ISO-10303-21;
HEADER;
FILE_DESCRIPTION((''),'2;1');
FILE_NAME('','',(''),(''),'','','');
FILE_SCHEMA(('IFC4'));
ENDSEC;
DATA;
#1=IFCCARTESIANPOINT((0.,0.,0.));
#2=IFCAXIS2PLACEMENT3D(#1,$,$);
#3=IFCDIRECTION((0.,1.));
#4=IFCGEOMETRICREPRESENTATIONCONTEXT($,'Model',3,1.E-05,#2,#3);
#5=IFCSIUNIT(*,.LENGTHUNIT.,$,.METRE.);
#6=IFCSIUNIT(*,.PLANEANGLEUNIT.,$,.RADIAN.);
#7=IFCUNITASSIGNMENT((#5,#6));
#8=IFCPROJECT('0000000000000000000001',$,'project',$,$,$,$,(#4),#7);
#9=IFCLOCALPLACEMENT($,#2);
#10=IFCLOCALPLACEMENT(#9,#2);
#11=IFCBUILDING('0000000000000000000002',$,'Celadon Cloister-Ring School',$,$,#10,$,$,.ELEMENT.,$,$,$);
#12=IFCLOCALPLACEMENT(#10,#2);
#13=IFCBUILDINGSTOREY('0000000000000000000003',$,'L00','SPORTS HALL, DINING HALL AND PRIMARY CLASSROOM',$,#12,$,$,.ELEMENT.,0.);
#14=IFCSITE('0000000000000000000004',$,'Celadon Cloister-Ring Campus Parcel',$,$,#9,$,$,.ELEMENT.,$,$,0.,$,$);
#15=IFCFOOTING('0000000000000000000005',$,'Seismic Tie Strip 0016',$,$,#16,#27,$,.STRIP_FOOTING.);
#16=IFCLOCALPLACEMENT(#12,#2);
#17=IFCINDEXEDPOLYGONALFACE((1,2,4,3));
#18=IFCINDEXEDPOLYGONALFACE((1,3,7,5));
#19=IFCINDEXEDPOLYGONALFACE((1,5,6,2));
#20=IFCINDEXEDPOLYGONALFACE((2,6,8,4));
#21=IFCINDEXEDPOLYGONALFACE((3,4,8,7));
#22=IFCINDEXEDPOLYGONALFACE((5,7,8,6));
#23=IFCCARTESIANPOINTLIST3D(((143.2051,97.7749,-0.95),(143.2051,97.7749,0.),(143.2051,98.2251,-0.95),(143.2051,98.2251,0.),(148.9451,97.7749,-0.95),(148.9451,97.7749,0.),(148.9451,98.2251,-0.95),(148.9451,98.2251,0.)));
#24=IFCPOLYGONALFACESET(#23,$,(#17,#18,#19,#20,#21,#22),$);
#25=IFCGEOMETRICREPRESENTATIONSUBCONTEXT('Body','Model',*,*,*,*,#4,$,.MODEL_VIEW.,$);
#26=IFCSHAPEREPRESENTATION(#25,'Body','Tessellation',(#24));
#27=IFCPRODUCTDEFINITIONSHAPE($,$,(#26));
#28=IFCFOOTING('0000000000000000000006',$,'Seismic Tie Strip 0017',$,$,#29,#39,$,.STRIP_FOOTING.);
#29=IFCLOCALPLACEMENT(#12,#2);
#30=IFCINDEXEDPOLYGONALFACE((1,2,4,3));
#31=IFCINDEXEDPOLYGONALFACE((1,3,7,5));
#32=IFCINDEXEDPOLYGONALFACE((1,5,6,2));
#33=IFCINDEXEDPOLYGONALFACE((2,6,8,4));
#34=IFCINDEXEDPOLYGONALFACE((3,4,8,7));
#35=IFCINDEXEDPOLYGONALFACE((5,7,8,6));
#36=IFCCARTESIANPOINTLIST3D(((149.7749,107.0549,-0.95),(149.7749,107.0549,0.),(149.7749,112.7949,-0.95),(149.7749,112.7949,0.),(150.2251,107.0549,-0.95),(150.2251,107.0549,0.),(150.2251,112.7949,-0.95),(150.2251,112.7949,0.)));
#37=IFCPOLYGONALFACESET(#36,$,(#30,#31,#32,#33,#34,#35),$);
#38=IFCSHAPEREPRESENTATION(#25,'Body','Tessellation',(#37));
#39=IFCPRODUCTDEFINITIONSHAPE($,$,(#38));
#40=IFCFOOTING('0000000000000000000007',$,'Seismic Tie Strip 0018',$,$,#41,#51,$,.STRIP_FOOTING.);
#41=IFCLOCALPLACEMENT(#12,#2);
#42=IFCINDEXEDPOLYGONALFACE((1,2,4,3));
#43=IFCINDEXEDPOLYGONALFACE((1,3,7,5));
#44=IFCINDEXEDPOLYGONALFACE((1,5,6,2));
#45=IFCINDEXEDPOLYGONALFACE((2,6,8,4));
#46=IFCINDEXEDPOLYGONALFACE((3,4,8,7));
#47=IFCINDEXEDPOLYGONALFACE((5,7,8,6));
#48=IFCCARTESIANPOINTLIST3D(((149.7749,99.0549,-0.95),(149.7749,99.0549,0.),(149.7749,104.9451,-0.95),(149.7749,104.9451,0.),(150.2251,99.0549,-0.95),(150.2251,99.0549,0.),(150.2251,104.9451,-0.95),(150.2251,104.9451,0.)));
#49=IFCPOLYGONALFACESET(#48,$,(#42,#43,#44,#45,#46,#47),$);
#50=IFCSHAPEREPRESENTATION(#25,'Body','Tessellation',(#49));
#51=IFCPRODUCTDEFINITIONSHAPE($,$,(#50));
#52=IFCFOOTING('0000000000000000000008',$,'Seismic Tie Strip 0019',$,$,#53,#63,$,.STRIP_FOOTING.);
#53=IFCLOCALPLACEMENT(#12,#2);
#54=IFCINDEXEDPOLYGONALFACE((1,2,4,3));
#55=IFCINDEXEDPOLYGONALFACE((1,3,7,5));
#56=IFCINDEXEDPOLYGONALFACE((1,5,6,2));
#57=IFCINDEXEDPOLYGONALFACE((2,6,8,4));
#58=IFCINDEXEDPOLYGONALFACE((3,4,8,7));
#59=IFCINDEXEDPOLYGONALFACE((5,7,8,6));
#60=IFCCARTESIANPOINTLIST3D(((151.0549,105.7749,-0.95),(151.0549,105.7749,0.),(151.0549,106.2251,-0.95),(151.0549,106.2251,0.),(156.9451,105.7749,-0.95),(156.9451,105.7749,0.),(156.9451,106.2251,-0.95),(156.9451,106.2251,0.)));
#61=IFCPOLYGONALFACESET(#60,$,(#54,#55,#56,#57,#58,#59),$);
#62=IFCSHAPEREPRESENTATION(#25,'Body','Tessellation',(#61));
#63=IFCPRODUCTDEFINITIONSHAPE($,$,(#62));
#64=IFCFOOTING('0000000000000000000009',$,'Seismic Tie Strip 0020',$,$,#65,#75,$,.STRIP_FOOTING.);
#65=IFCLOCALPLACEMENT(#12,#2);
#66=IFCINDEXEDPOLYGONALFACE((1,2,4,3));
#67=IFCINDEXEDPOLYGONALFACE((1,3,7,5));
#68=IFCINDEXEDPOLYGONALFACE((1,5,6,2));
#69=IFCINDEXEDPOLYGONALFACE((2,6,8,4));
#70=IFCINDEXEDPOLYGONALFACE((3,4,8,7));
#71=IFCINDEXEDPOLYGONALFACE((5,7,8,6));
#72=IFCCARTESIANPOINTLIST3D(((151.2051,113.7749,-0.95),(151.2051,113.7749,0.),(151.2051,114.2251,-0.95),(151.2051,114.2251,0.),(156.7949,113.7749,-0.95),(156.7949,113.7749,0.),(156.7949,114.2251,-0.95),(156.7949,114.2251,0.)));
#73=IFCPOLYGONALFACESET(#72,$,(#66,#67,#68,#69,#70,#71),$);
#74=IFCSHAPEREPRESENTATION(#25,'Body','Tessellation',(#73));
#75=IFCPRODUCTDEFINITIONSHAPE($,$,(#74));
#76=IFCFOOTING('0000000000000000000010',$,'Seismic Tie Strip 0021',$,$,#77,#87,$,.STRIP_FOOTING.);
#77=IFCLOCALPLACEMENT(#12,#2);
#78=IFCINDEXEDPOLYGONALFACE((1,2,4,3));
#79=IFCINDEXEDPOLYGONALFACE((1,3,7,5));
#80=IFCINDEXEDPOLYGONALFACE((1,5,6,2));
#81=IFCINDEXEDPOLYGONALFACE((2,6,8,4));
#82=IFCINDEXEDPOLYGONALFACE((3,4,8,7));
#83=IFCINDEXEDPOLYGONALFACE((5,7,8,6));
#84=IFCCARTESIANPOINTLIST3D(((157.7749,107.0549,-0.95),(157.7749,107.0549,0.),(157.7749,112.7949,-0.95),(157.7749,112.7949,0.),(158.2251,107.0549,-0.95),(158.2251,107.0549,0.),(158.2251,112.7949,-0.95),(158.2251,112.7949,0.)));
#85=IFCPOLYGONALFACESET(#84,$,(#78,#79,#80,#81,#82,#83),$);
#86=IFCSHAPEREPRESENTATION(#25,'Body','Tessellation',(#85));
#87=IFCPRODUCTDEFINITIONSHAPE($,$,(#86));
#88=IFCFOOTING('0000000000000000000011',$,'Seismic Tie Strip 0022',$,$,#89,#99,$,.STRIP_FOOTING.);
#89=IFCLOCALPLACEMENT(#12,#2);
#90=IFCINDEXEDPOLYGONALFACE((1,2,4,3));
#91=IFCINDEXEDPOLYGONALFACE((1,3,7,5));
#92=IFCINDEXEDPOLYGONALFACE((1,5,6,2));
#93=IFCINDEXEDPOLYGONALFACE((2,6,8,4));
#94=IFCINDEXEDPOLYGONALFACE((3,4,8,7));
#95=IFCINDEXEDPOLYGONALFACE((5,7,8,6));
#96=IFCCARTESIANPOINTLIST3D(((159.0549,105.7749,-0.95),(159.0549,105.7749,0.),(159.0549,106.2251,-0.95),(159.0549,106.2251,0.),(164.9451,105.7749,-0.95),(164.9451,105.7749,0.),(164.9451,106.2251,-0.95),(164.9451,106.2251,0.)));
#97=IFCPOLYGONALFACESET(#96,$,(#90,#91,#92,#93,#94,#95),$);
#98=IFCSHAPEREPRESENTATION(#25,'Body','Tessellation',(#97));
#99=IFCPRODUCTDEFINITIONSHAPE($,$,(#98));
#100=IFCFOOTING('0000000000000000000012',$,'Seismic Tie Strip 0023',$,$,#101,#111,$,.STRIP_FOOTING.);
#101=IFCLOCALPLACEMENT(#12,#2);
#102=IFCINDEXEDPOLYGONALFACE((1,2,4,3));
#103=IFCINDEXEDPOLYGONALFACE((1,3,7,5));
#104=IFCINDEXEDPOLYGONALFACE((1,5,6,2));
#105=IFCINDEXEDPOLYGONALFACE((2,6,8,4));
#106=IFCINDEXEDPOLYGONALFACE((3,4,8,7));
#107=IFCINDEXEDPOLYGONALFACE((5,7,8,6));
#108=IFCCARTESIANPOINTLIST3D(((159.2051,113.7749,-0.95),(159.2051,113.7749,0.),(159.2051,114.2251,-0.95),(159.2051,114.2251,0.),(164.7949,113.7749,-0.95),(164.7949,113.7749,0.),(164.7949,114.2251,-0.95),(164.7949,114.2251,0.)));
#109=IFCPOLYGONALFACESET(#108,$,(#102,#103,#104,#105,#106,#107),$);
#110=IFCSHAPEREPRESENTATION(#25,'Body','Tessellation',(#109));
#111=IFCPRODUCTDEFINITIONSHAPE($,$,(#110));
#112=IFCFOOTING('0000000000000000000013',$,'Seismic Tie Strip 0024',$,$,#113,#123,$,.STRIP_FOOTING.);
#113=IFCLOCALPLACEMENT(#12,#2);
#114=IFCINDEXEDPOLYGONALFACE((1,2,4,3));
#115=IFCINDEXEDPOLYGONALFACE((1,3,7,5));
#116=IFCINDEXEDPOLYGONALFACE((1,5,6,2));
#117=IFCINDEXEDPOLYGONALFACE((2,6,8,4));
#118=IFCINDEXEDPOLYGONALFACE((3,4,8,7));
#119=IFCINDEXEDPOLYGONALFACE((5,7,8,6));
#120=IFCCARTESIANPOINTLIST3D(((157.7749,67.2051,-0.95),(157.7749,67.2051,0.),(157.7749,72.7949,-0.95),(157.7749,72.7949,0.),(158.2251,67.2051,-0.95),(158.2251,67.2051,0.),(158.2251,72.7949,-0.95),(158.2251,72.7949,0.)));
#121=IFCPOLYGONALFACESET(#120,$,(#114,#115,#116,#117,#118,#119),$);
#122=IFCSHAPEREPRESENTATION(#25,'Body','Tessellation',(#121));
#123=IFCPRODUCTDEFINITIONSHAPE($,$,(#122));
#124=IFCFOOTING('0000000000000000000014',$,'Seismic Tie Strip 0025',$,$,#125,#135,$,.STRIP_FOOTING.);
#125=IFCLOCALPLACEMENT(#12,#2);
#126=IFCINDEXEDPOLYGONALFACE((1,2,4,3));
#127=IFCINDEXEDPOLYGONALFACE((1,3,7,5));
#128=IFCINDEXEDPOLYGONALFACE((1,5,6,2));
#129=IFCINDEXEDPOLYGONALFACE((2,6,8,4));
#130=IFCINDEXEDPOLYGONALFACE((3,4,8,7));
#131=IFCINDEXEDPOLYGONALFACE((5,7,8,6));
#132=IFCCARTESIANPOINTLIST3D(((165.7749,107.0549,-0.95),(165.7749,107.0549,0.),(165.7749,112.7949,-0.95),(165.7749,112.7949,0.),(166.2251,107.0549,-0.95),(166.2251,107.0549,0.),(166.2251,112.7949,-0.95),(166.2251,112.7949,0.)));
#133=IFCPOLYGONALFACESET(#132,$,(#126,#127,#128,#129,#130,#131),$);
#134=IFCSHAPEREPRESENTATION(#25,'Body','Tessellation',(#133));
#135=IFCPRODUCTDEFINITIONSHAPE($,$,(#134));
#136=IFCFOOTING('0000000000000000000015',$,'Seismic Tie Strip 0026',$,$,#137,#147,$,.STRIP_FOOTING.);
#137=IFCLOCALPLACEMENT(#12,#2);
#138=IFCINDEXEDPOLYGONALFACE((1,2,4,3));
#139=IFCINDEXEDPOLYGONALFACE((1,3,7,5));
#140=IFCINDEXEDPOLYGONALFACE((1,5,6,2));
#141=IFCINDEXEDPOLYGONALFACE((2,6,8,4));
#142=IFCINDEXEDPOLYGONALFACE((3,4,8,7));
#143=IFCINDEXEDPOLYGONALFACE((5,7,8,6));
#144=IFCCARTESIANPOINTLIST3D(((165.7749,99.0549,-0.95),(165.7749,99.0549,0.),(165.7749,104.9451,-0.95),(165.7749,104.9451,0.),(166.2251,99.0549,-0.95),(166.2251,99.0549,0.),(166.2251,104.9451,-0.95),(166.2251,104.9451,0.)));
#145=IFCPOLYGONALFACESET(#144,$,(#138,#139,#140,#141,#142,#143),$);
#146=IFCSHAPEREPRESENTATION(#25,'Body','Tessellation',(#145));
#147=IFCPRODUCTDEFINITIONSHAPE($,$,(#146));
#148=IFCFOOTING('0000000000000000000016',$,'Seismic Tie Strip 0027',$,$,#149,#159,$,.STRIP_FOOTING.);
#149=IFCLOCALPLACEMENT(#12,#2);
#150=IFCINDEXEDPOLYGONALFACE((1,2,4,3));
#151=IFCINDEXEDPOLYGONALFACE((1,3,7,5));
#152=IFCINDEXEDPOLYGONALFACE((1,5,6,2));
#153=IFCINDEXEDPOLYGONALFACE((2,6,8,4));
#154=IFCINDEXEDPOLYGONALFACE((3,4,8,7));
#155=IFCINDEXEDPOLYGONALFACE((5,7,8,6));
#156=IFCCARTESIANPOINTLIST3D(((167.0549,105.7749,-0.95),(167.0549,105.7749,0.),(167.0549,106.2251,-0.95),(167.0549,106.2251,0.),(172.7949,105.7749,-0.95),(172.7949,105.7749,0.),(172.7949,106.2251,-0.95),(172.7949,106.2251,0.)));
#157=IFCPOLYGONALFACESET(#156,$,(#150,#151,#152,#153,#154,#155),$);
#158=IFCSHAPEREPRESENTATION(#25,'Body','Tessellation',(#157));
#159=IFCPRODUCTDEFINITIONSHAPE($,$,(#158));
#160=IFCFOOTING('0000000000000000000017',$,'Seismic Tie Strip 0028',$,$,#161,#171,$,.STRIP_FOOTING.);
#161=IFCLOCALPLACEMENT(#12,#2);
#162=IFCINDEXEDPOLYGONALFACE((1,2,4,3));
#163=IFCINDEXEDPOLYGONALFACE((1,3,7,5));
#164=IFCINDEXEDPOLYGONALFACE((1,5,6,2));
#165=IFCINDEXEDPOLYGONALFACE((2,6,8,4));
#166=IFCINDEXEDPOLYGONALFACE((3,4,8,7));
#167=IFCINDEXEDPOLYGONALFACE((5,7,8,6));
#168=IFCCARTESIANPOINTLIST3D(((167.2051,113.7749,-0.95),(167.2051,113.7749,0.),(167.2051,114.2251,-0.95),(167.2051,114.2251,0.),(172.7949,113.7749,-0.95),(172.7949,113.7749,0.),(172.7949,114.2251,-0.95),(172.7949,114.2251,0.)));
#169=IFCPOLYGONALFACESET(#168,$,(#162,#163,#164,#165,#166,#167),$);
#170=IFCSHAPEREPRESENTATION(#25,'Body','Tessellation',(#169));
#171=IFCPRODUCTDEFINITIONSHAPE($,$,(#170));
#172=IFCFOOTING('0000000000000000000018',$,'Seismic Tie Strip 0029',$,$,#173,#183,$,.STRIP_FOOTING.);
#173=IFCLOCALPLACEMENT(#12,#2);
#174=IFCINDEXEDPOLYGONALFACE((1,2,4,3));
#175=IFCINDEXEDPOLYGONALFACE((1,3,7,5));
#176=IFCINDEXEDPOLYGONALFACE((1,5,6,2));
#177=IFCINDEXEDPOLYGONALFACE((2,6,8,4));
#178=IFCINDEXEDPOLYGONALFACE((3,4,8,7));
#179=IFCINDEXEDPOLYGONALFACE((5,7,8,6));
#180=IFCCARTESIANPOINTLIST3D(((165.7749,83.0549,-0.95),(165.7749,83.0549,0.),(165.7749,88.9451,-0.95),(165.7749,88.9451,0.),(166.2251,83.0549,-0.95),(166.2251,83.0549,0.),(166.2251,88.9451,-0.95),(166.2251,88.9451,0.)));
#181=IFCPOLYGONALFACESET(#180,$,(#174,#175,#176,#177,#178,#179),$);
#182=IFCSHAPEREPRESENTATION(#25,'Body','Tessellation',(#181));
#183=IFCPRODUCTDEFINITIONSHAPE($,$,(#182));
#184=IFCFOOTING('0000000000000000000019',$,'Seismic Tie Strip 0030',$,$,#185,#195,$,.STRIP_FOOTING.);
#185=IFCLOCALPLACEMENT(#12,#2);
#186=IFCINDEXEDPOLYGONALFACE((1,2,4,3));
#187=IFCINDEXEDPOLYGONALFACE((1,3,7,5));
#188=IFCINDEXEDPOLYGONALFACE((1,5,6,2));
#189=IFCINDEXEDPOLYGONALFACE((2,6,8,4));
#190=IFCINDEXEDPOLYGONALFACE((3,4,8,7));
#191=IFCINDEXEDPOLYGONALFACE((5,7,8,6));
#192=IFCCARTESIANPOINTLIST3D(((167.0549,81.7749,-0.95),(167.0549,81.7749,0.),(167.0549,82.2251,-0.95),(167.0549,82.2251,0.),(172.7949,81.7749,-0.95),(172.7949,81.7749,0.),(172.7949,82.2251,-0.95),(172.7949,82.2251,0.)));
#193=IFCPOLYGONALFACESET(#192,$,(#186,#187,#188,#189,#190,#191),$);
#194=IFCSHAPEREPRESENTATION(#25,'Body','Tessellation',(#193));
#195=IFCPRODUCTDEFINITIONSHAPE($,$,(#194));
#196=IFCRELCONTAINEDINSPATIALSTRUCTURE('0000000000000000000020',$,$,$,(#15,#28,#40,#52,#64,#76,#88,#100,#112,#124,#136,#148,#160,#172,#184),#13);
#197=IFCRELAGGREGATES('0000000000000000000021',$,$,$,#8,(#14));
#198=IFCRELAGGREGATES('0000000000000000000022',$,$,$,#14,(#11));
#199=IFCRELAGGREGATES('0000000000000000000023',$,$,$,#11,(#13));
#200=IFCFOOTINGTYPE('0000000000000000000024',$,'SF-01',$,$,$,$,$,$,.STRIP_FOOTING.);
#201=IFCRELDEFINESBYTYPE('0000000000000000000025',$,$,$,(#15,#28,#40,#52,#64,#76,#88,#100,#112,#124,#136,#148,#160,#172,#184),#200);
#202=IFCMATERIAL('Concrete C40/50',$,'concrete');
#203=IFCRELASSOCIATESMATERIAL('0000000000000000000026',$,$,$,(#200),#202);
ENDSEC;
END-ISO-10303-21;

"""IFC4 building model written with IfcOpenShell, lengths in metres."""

from ifc_helpers import new_model, si_unit, direction, frame, origin, place, context, subcontext, project, spatial, polyline, outline, extrude, material, type_object, element, save


model = new_model("IFC4")

# Units and contexts
model_context = context("Model", 3, precision=1e-05, world=origin(), true_north=direction((0.0, 1.0)))
body_context = subcontext(model_context, "Body", "Model", "MODEL_VIEW")
ifc_project = project(units=[si_unit("LENGTHUNIT", "METRE"), si_unit("PLANEANGLEUNIT", "RADIAN")], contexts=[model_context])

# Site, building, storey
site_placement = place(None, origin())
site = spatial("IfcSite", under=ifc_project, at=site_placement, Name="Celadon Cloister-Ring Campus Parcel", CompositionType="ELEMENT", RefElevation=0.0)
building_placement = place(site_placement, origin())
building = spatial("IfcBuilding", under=site, at=building_placement, Name="Celadon Cloister-Ring School", CompositionType="ELEMENT")
storey_placement = place(building_placement, origin())
storey = spatial("IfcBuildingStorey", under=building, at=storey_placement, Name="L00", Description="SPORTS HALL, DINING HALL AND PRIMARY CLASSROOM", CompositionType="ELEMENT", Elevation=0.0)

# Footings
ifc_material = material(Name="Concrete C40/50", Category="concrete")
footing_type = type_object("IfcFootingType", Name="SF-01", PredefinedType="STRIP_FOOTING", material=ifc_material)
footing_1_placement = place(storey_placement, frame((0.0, 0.0, -0.95)))
element("IfcFooting", 1, at=footing_1_placement, inside=storey, type_object=footing_type, Name="Seismic Tie Strip 0016", PredefinedType="STRIP_FOOTING", context=body_context, shape_type="SweptSolid", body=[
    extrude(outline(polyline([(143.2051, 97.7749), (148.9451, 97.7749), (148.9451, 98.2251), (143.2051, 98.2251), (143.2051, 97.7749)])), origin(), (0.0, 0.0, 1.0), 0.95),
])
footing_2_placement = place(storey_placement, frame((0.0, 0.0, -0.95)))
element("IfcFooting", 2, at=footing_2_placement, inside=storey, type_object=footing_type, Name="Seismic Tie Strip 0017", PredefinedType="STRIP_FOOTING", context=body_context, shape_type="SweptSolid", body=[
    extrude(outline(polyline([(150.2251, 107.0549), (150.2251, 112.7949), (149.7749, 112.7949), (149.7749, 107.0549), (150.2251, 107.0549)])), origin(), (0.0, 0.0, 1.0), 0.95),
])
footing_3_placement = place(storey_placement, frame((0.0, 0.0, -0.95)))
element("IfcFooting", 3, at=footing_3_placement, inside=storey, type_object=footing_type, Name="Seismic Tie Strip 0018", PredefinedType="STRIP_FOOTING", context=body_context, shape_type="SweptSolid", body=[
    extrude(outline(polyline([(149.7749, 104.9451), (149.7749, 99.0549), (150.2251, 99.0549), (150.2251, 104.9451), (149.7749, 104.9451)])), origin(), (0.0, 0.0, 1.0), 0.95),
])
footing_4_placement = place(storey_placement, frame((0.0, 0.0, -0.95)))
element("IfcFooting", 4, at=footing_4_placement, inside=storey, type_object=footing_type, Name="Seismic Tie Strip 0019", PredefinedType="STRIP_FOOTING", context=body_context, shape_type="SweptSolid", body=[
    extrude(outline(polyline([(151.0549, 105.7749), (156.9451, 105.7749), (156.9451, 106.2251), (151.0549, 106.2251), (151.0549, 105.7749)])), origin(), (0.0, 0.0, 1.0), 0.95),
])
footing_5_placement = place(storey_placement, frame((0.0, 0.0, -0.95)))
element("IfcFooting", 5, at=footing_5_placement, inside=storey, type_object=footing_type, Name="Seismic Tie Strip 0020", PredefinedType="STRIP_FOOTING", context=body_context, shape_type="SweptSolid", body=[
    extrude(outline(polyline([(151.2051, 113.7749), (156.7949, 113.7749), (156.7949, 114.2251), (151.2051, 114.2251), (151.2051, 113.7749)])), origin(), (0.0, 0.0, 1.0), 0.95),
])
footing_6_placement = place(storey_placement, frame((0.0, 0.0, -0.95)))
element("IfcFooting", 6, at=footing_6_placement, inside=storey, type_object=footing_type, Name="Seismic Tie Strip 0021", PredefinedType="STRIP_FOOTING", context=body_context, shape_type="SweptSolid", body=[
    extrude(outline(polyline([(158.2251, 107.0549), (158.2251, 112.7949), (157.7749, 112.7949), (157.7749, 107.0549), (158.2251, 107.0549)])), origin(), (0.0, 0.0, 1.0), 0.95),
])
footing_7_placement = place(storey_placement, frame((0.0, 0.0, -0.95)))
element("IfcFooting", 7, at=footing_7_placement, inside=storey, type_object=footing_type, Name="Seismic Tie Strip 0022", PredefinedType="STRIP_FOOTING", context=body_context, shape_type="SweptSolid", body=[
    extrude(outline(polyline([(159.0549, 105.7749), (164.9451, 105.7749), (164.9451, 106.2251), (159.0549, 106.2251), (159.0549, 105.7749)])), origin(), (0.0, 0.0, 1.0), 0.95),
])
footing_8_placement = place(storey_placement, frame((0.0, 0.0, -0.95)))
element("IfcFooting", 8, at=footing_8_placement, inside=storey, type_object=footing_type, Name="Seismic Tie Strip 0023", PredefinedType="STRIP_FOOTING", context=body_context, shape_type="SweptSolid", body=[
    extrude(outline(polyline([(159.2051, 113.7749), (164.7949, 113.7749), (164.7949, 114.2251), (159.2051, 114.2251), (159.2051, 113.7749)])), origin(), (0.0, 0.0, 1.0), 0.95),
])
footing_9_placement = place(storey_placement, frame((0.0, 0.0, -0.95)))
element("IfcFooting", 9, at=footing_9_placement, inside=storey, type_object=footing_type, Name="Seismic Tie Strip 0024", PredefinedType="STRIP_FOOTING", context=body_context, shape_type="SweptSolid", body=[
    extrude(outline(polyline([(158.2251, 67.2051), (158.2251, 72.7949), (157.7749, 72.7949), (157.7749, 67.2051), (158.2251, 67.2051)])), origin(), (0.0, 0.0, 1.0), 0.95),
])
footing_10_placement = place(storey_placement, frame((0.0, 0.0, -0.95)))
element("IfcFooting", 10, at=footing_10_placement, inside=storey, type_object=footing_type, Name="Seismic Tie Strip 0025", PredefinedType="STRIP_FOOTING", context=body_context, shape_type="SweptSolid", body=[
    extrude(outline(polyline([(166.2251, 107.0549), (166.2251, 112.7949), (165.7749, 112.7949), (165.7749, 107.0549), (166.2251, 107.0549)])), origin(), (0.0, 0.0, 1.0), 0.95),
])
footing_11_placement = place(storey_placement, frame((0.0, 0.0, -0.95)))
element("IfcFooting", 11, at=footing_11_placement, inside=storey, type_object=footing_type, Name="Seismic Tie Strip 0026", PredefinedType="STRIP_FOOTING", context=body_context, shape_type="SweptSolid", body=[
    extrude(outline(polyline([(165.7749, 104.9451), (165.7749, 99.0549), (166.2251, 99.0549), (166.2251, 104.9451), (165.7749, 104.9451)])), origin(), (0.0, 0.0, 1.0), 0.95),
])
footing_12_placement = place(storey_placement, frame((0.0, 0.0, -0.95)))
element("IfcFooting", 12, at=footing_12_placement, inside=storey, type_object=footing_type, Name="Seismic Tie Strip 0027", PredefinedType="STRIP_FOOTING", context=body_context, shape_type="SweptSolid", body=[
    extrude(outline(polyline([(167.0549, 105.7749), (172.7949, 105.7749), (172.7949, 106.2251), (167.0549, 106.2251), (167.0549, 105.7749)])), origin(), (0.0, 0.0, 1.0), 0.95),
])
footing_13_placement = place(storey_placement, frame((0.0, 0.0, -0.95)))
element("IfcFooting", 13, at=footing_13_placement, inside=storey, type_object=footing_type, Name="Seismic Tie Strip 0028", PredefinedType="STRIP_FOOTING", context=body_context, shape_type="SweptSolid", body=[
    extrude(outline(polyline([(167.2051, 113.7749), (172.7949, 113.7749), (172.7949, 114.2251), (167.2051, 114.2251), (167.2051, 113.7749)])), origin(), (0.0, 0.0, 1.0), 0.95),
])
footing_14_placement = place(storey_placement, frame((0.0, 0.0, -0.95)))
element("IfcFooting", 14, at=footing_14_placement, inside=storey, type_object=footing_type, Name="Seismic Tie Strip 0029", PredefinedType="STRIP_FOOTING", context=body_context, shape_type="SweptSolid", body=[
    extrude(outline(polyline([(166.2251, 83.0549), (166.2251, 88.9451), (165.7749, 88.9451), (165.7749, 83.0549), (166.2251, 83.0549)])), origin(), (0.0, 0.0, 1.0), 0.95),
])
footing_15_placement = place(storey_placement, frame((0.0, 0.0, -0.95)))
element("IfcFooting", 15, at=footing_15_placement, inside=storey, type_object=footing_type, Name="Seismic Tie Strip 0030", PredefinedType="STRIP_FOOTING", context=body_context, shape_type="SweptSolid", body=[
    extrude(outline(polyline([(167.0549, 81.7749), (172.7949, 81.7749), (172.7949, 82.2251), (167.0549, 82.2251), (167.0549, 81.7749)])), origin(), (0.0, 0.0, 1.0), 0.95),
])

save(model, "model.ifc")
